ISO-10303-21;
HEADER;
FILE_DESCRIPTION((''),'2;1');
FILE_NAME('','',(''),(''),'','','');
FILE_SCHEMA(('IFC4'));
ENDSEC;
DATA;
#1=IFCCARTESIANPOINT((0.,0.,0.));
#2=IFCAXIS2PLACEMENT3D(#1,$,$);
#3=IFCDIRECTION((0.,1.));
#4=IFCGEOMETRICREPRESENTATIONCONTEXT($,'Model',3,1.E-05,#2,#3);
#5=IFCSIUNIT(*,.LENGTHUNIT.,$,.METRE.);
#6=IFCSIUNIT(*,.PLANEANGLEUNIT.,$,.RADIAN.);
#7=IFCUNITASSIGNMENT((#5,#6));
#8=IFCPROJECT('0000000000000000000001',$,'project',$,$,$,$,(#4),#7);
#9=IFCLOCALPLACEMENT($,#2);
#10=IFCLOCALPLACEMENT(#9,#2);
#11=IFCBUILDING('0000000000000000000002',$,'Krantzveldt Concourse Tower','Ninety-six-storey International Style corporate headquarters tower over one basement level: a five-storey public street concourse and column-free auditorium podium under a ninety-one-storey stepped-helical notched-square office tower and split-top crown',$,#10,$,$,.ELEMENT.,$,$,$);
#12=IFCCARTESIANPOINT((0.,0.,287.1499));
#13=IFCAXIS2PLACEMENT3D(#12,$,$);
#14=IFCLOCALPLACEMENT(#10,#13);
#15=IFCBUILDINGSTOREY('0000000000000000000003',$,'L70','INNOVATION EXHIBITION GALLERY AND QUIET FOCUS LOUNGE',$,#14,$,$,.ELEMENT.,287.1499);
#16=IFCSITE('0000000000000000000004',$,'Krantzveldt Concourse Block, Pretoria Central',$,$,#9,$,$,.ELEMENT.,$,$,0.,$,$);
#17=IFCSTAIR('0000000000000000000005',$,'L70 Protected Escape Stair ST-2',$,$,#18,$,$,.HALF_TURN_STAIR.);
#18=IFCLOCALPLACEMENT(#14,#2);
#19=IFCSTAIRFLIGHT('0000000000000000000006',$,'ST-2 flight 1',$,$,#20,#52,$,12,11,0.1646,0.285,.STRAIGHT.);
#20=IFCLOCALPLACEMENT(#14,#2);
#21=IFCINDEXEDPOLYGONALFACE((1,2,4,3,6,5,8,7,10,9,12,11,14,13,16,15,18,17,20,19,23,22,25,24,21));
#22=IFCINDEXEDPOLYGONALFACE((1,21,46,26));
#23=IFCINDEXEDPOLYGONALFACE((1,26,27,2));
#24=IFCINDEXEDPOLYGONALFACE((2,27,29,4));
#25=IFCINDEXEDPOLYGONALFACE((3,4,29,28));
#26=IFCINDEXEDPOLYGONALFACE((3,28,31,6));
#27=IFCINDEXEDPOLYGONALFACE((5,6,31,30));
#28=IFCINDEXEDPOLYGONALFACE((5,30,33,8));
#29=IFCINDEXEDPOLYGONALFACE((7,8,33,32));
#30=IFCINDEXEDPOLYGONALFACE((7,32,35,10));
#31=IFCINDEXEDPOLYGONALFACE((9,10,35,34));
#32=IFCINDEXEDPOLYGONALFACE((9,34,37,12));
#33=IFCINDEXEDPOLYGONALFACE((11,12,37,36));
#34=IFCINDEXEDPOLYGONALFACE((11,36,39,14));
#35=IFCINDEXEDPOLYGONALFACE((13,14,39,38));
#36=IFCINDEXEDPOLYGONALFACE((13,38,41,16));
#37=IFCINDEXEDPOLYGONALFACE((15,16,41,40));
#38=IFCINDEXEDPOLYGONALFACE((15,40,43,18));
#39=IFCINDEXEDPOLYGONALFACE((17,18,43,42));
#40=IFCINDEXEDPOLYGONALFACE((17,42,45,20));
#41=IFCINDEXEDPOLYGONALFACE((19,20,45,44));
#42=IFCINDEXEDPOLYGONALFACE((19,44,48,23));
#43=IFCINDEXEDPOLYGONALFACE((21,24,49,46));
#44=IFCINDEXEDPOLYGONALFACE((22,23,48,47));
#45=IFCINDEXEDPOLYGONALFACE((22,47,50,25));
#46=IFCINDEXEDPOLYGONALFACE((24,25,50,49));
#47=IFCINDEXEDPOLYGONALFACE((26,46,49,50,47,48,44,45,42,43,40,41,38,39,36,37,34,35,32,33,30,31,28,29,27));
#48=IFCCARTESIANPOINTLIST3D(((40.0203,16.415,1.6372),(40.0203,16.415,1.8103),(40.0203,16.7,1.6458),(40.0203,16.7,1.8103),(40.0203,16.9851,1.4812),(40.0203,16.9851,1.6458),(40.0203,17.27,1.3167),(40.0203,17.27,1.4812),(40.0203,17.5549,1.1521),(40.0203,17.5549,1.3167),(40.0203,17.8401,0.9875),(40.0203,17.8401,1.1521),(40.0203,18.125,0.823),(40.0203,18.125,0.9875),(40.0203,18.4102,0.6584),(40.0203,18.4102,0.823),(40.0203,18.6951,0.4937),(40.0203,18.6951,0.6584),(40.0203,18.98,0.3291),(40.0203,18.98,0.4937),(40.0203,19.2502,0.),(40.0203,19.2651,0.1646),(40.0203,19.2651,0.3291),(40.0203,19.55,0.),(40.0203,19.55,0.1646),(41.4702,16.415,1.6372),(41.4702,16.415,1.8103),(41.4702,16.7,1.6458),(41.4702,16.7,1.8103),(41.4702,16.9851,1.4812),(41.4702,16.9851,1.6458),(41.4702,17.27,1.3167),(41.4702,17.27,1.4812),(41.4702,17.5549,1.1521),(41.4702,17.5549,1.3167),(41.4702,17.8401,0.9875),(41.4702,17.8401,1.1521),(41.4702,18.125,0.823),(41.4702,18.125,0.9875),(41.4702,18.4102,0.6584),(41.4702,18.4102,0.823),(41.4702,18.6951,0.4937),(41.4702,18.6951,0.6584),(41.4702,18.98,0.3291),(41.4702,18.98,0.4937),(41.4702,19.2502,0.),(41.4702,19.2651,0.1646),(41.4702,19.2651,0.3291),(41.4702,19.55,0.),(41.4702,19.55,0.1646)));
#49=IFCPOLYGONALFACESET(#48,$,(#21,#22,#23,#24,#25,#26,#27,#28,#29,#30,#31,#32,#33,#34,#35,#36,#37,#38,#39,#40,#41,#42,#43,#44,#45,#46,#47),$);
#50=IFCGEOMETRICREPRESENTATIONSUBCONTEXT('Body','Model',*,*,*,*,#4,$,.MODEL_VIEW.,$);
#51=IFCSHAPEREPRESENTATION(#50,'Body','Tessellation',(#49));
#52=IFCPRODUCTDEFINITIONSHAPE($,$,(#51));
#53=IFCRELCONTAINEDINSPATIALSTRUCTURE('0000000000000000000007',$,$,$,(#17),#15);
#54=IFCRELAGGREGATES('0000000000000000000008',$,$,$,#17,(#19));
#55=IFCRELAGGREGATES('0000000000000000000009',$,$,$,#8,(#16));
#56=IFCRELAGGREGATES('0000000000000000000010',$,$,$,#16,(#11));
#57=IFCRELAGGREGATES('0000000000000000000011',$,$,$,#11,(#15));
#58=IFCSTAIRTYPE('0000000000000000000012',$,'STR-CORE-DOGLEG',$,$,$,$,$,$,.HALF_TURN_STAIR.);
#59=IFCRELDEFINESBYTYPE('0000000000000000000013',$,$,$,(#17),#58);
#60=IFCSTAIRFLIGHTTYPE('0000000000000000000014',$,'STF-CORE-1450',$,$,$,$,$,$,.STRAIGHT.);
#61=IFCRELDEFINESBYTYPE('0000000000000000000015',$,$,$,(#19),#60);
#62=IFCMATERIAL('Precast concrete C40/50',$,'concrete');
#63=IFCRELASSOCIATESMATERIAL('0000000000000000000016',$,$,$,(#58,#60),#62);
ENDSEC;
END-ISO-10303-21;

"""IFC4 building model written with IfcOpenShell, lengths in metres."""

from ifc_helpers import new_model, si_unit, direction, frame, origin, place, context, subcontext, project, spatial, polyline, outline, extrude, material, type_object, element, aggregate, save


model = new_model("IFC4")

# Units and contexts
model_context = context("Model", 3, precision=1e-05, world=origin(), true_north=direction((0.0, 1.0)))
body_context = subcontext(model_context, "Body", "Model", "MODEL_VIEW")
ifc_project = project(units=[si_unit("LENGTHUNIT", "METRE"), si_unit("PLANEANGLEUNIT", "RADIAN")], contexts=[model_context])

# Site, building, storey
site_placement = place(None, origin())
site = spatial("IfcSite", under=ifc_project, at=site_placement, Name="Krantzveldt Concourse Block, Pretoria Central", CompositionType="ELEMENT", RefElevation=0.0)
building_placement = place(site_placement, origin())
building = spatial("IfcBuilding", under=site, at=building_placement, Name="Krantzveldt Concourse Tower", Description="Ninety-six-storey International Style corporate headquarters tower over one basement level: a five-storey public street concourse and column-free auditorium podium under a ninety-one-storey stepped-helical notched-square office tower and split-top crown", CompositionType="ELEMENT")
storey_placement = place(building_placement, frame((0.0, 0.0, 287.1499)))
storey = spatial("IfcBuildingStorey", under=building, at=storey_placement, Name="L70", Description="INNOVATION EXHIBITION GALLERY AND QUIET FOCUS LOUNGE", CompositionType="ELEMENT", Elevation=287.1499)

# Stair, stair flight
ifc_material_1 = material(Name="Precast concrete C40/50", Category="concrete")
stair_type = type_object("IfcStairType", Name="STR-CORE-DOGLEG", PredefinedType="HALF_TURN_STAIR", material=ifc_material_1)
stair_placement = place(storey_placement, origin())
stair = element("IfcStair", 1, at=stair_placement, inside=storey, type_object=stair_type, Name="L70 Protected Escape Stair ST-2", PredefinedType="HALF_TURN_STAIR")
stair_flight_type = type_object("IfcStairFlightType", Name="STF-CORE-1450", PredefinedType="STRAIGHT", material=ifc_material_1)
stair_flight_placement = place(storey_placement, frame((40.7451, 19.55, 0.0), z_axis=(0.0, 0.0, 1.0), x_axis=(0.0, -1.0, 0.0)))
stair_flight = element("IfcStairFlight", 2, at=stair_flight_placement, type_object=stair_flight_type, Name="ST-2 flight 1", NumberOfRisers=12, NumberOfTreads=11, PredefinedType="STRAIGHT", RiserHeight=0.1646, TreadLength=0.285, context=body_context, shape_type="SweptSolid", body=[
    extrude(outline(polyline([(0.0, 0.0), (0.0, 0.1646), (0.2849, 0.1646), (0.2849, 0.3291), (0.5701, 0.3291), (0.5701, 0.4937), (0.855, 0.4937), (0.855, 0.6584), (1.1399, 0.6584), (1.1399, 0.823), (1.425, 0.823), (1.425, 0.9875), (1.71, 0.9875), (1.71, 1.1521), (1.9951, 1.1521), (1.9951, 1.3167), (2.28, 1.3167), (2.28, 1.4812), (2.5649, 1.4812), (2.5649, 1.6458), (2.8501, 1.6458), (2.8501, 1.8103), (3.135, 1.8103), (3.135, 1.9751), (3.135, 1.6372), (0.2998, 0.0), (0.0, 0.0)])), frame((0.0, 0.7251, 0.0), z_axis=(0.0, -1.0, 0.0), x_axis=(1.0, 0.0, 0.0)), (0.0, 0.0, 1.0), 1.45),
])
aggregate(stair, [stair_flight])

save(model, "model.ifc")
